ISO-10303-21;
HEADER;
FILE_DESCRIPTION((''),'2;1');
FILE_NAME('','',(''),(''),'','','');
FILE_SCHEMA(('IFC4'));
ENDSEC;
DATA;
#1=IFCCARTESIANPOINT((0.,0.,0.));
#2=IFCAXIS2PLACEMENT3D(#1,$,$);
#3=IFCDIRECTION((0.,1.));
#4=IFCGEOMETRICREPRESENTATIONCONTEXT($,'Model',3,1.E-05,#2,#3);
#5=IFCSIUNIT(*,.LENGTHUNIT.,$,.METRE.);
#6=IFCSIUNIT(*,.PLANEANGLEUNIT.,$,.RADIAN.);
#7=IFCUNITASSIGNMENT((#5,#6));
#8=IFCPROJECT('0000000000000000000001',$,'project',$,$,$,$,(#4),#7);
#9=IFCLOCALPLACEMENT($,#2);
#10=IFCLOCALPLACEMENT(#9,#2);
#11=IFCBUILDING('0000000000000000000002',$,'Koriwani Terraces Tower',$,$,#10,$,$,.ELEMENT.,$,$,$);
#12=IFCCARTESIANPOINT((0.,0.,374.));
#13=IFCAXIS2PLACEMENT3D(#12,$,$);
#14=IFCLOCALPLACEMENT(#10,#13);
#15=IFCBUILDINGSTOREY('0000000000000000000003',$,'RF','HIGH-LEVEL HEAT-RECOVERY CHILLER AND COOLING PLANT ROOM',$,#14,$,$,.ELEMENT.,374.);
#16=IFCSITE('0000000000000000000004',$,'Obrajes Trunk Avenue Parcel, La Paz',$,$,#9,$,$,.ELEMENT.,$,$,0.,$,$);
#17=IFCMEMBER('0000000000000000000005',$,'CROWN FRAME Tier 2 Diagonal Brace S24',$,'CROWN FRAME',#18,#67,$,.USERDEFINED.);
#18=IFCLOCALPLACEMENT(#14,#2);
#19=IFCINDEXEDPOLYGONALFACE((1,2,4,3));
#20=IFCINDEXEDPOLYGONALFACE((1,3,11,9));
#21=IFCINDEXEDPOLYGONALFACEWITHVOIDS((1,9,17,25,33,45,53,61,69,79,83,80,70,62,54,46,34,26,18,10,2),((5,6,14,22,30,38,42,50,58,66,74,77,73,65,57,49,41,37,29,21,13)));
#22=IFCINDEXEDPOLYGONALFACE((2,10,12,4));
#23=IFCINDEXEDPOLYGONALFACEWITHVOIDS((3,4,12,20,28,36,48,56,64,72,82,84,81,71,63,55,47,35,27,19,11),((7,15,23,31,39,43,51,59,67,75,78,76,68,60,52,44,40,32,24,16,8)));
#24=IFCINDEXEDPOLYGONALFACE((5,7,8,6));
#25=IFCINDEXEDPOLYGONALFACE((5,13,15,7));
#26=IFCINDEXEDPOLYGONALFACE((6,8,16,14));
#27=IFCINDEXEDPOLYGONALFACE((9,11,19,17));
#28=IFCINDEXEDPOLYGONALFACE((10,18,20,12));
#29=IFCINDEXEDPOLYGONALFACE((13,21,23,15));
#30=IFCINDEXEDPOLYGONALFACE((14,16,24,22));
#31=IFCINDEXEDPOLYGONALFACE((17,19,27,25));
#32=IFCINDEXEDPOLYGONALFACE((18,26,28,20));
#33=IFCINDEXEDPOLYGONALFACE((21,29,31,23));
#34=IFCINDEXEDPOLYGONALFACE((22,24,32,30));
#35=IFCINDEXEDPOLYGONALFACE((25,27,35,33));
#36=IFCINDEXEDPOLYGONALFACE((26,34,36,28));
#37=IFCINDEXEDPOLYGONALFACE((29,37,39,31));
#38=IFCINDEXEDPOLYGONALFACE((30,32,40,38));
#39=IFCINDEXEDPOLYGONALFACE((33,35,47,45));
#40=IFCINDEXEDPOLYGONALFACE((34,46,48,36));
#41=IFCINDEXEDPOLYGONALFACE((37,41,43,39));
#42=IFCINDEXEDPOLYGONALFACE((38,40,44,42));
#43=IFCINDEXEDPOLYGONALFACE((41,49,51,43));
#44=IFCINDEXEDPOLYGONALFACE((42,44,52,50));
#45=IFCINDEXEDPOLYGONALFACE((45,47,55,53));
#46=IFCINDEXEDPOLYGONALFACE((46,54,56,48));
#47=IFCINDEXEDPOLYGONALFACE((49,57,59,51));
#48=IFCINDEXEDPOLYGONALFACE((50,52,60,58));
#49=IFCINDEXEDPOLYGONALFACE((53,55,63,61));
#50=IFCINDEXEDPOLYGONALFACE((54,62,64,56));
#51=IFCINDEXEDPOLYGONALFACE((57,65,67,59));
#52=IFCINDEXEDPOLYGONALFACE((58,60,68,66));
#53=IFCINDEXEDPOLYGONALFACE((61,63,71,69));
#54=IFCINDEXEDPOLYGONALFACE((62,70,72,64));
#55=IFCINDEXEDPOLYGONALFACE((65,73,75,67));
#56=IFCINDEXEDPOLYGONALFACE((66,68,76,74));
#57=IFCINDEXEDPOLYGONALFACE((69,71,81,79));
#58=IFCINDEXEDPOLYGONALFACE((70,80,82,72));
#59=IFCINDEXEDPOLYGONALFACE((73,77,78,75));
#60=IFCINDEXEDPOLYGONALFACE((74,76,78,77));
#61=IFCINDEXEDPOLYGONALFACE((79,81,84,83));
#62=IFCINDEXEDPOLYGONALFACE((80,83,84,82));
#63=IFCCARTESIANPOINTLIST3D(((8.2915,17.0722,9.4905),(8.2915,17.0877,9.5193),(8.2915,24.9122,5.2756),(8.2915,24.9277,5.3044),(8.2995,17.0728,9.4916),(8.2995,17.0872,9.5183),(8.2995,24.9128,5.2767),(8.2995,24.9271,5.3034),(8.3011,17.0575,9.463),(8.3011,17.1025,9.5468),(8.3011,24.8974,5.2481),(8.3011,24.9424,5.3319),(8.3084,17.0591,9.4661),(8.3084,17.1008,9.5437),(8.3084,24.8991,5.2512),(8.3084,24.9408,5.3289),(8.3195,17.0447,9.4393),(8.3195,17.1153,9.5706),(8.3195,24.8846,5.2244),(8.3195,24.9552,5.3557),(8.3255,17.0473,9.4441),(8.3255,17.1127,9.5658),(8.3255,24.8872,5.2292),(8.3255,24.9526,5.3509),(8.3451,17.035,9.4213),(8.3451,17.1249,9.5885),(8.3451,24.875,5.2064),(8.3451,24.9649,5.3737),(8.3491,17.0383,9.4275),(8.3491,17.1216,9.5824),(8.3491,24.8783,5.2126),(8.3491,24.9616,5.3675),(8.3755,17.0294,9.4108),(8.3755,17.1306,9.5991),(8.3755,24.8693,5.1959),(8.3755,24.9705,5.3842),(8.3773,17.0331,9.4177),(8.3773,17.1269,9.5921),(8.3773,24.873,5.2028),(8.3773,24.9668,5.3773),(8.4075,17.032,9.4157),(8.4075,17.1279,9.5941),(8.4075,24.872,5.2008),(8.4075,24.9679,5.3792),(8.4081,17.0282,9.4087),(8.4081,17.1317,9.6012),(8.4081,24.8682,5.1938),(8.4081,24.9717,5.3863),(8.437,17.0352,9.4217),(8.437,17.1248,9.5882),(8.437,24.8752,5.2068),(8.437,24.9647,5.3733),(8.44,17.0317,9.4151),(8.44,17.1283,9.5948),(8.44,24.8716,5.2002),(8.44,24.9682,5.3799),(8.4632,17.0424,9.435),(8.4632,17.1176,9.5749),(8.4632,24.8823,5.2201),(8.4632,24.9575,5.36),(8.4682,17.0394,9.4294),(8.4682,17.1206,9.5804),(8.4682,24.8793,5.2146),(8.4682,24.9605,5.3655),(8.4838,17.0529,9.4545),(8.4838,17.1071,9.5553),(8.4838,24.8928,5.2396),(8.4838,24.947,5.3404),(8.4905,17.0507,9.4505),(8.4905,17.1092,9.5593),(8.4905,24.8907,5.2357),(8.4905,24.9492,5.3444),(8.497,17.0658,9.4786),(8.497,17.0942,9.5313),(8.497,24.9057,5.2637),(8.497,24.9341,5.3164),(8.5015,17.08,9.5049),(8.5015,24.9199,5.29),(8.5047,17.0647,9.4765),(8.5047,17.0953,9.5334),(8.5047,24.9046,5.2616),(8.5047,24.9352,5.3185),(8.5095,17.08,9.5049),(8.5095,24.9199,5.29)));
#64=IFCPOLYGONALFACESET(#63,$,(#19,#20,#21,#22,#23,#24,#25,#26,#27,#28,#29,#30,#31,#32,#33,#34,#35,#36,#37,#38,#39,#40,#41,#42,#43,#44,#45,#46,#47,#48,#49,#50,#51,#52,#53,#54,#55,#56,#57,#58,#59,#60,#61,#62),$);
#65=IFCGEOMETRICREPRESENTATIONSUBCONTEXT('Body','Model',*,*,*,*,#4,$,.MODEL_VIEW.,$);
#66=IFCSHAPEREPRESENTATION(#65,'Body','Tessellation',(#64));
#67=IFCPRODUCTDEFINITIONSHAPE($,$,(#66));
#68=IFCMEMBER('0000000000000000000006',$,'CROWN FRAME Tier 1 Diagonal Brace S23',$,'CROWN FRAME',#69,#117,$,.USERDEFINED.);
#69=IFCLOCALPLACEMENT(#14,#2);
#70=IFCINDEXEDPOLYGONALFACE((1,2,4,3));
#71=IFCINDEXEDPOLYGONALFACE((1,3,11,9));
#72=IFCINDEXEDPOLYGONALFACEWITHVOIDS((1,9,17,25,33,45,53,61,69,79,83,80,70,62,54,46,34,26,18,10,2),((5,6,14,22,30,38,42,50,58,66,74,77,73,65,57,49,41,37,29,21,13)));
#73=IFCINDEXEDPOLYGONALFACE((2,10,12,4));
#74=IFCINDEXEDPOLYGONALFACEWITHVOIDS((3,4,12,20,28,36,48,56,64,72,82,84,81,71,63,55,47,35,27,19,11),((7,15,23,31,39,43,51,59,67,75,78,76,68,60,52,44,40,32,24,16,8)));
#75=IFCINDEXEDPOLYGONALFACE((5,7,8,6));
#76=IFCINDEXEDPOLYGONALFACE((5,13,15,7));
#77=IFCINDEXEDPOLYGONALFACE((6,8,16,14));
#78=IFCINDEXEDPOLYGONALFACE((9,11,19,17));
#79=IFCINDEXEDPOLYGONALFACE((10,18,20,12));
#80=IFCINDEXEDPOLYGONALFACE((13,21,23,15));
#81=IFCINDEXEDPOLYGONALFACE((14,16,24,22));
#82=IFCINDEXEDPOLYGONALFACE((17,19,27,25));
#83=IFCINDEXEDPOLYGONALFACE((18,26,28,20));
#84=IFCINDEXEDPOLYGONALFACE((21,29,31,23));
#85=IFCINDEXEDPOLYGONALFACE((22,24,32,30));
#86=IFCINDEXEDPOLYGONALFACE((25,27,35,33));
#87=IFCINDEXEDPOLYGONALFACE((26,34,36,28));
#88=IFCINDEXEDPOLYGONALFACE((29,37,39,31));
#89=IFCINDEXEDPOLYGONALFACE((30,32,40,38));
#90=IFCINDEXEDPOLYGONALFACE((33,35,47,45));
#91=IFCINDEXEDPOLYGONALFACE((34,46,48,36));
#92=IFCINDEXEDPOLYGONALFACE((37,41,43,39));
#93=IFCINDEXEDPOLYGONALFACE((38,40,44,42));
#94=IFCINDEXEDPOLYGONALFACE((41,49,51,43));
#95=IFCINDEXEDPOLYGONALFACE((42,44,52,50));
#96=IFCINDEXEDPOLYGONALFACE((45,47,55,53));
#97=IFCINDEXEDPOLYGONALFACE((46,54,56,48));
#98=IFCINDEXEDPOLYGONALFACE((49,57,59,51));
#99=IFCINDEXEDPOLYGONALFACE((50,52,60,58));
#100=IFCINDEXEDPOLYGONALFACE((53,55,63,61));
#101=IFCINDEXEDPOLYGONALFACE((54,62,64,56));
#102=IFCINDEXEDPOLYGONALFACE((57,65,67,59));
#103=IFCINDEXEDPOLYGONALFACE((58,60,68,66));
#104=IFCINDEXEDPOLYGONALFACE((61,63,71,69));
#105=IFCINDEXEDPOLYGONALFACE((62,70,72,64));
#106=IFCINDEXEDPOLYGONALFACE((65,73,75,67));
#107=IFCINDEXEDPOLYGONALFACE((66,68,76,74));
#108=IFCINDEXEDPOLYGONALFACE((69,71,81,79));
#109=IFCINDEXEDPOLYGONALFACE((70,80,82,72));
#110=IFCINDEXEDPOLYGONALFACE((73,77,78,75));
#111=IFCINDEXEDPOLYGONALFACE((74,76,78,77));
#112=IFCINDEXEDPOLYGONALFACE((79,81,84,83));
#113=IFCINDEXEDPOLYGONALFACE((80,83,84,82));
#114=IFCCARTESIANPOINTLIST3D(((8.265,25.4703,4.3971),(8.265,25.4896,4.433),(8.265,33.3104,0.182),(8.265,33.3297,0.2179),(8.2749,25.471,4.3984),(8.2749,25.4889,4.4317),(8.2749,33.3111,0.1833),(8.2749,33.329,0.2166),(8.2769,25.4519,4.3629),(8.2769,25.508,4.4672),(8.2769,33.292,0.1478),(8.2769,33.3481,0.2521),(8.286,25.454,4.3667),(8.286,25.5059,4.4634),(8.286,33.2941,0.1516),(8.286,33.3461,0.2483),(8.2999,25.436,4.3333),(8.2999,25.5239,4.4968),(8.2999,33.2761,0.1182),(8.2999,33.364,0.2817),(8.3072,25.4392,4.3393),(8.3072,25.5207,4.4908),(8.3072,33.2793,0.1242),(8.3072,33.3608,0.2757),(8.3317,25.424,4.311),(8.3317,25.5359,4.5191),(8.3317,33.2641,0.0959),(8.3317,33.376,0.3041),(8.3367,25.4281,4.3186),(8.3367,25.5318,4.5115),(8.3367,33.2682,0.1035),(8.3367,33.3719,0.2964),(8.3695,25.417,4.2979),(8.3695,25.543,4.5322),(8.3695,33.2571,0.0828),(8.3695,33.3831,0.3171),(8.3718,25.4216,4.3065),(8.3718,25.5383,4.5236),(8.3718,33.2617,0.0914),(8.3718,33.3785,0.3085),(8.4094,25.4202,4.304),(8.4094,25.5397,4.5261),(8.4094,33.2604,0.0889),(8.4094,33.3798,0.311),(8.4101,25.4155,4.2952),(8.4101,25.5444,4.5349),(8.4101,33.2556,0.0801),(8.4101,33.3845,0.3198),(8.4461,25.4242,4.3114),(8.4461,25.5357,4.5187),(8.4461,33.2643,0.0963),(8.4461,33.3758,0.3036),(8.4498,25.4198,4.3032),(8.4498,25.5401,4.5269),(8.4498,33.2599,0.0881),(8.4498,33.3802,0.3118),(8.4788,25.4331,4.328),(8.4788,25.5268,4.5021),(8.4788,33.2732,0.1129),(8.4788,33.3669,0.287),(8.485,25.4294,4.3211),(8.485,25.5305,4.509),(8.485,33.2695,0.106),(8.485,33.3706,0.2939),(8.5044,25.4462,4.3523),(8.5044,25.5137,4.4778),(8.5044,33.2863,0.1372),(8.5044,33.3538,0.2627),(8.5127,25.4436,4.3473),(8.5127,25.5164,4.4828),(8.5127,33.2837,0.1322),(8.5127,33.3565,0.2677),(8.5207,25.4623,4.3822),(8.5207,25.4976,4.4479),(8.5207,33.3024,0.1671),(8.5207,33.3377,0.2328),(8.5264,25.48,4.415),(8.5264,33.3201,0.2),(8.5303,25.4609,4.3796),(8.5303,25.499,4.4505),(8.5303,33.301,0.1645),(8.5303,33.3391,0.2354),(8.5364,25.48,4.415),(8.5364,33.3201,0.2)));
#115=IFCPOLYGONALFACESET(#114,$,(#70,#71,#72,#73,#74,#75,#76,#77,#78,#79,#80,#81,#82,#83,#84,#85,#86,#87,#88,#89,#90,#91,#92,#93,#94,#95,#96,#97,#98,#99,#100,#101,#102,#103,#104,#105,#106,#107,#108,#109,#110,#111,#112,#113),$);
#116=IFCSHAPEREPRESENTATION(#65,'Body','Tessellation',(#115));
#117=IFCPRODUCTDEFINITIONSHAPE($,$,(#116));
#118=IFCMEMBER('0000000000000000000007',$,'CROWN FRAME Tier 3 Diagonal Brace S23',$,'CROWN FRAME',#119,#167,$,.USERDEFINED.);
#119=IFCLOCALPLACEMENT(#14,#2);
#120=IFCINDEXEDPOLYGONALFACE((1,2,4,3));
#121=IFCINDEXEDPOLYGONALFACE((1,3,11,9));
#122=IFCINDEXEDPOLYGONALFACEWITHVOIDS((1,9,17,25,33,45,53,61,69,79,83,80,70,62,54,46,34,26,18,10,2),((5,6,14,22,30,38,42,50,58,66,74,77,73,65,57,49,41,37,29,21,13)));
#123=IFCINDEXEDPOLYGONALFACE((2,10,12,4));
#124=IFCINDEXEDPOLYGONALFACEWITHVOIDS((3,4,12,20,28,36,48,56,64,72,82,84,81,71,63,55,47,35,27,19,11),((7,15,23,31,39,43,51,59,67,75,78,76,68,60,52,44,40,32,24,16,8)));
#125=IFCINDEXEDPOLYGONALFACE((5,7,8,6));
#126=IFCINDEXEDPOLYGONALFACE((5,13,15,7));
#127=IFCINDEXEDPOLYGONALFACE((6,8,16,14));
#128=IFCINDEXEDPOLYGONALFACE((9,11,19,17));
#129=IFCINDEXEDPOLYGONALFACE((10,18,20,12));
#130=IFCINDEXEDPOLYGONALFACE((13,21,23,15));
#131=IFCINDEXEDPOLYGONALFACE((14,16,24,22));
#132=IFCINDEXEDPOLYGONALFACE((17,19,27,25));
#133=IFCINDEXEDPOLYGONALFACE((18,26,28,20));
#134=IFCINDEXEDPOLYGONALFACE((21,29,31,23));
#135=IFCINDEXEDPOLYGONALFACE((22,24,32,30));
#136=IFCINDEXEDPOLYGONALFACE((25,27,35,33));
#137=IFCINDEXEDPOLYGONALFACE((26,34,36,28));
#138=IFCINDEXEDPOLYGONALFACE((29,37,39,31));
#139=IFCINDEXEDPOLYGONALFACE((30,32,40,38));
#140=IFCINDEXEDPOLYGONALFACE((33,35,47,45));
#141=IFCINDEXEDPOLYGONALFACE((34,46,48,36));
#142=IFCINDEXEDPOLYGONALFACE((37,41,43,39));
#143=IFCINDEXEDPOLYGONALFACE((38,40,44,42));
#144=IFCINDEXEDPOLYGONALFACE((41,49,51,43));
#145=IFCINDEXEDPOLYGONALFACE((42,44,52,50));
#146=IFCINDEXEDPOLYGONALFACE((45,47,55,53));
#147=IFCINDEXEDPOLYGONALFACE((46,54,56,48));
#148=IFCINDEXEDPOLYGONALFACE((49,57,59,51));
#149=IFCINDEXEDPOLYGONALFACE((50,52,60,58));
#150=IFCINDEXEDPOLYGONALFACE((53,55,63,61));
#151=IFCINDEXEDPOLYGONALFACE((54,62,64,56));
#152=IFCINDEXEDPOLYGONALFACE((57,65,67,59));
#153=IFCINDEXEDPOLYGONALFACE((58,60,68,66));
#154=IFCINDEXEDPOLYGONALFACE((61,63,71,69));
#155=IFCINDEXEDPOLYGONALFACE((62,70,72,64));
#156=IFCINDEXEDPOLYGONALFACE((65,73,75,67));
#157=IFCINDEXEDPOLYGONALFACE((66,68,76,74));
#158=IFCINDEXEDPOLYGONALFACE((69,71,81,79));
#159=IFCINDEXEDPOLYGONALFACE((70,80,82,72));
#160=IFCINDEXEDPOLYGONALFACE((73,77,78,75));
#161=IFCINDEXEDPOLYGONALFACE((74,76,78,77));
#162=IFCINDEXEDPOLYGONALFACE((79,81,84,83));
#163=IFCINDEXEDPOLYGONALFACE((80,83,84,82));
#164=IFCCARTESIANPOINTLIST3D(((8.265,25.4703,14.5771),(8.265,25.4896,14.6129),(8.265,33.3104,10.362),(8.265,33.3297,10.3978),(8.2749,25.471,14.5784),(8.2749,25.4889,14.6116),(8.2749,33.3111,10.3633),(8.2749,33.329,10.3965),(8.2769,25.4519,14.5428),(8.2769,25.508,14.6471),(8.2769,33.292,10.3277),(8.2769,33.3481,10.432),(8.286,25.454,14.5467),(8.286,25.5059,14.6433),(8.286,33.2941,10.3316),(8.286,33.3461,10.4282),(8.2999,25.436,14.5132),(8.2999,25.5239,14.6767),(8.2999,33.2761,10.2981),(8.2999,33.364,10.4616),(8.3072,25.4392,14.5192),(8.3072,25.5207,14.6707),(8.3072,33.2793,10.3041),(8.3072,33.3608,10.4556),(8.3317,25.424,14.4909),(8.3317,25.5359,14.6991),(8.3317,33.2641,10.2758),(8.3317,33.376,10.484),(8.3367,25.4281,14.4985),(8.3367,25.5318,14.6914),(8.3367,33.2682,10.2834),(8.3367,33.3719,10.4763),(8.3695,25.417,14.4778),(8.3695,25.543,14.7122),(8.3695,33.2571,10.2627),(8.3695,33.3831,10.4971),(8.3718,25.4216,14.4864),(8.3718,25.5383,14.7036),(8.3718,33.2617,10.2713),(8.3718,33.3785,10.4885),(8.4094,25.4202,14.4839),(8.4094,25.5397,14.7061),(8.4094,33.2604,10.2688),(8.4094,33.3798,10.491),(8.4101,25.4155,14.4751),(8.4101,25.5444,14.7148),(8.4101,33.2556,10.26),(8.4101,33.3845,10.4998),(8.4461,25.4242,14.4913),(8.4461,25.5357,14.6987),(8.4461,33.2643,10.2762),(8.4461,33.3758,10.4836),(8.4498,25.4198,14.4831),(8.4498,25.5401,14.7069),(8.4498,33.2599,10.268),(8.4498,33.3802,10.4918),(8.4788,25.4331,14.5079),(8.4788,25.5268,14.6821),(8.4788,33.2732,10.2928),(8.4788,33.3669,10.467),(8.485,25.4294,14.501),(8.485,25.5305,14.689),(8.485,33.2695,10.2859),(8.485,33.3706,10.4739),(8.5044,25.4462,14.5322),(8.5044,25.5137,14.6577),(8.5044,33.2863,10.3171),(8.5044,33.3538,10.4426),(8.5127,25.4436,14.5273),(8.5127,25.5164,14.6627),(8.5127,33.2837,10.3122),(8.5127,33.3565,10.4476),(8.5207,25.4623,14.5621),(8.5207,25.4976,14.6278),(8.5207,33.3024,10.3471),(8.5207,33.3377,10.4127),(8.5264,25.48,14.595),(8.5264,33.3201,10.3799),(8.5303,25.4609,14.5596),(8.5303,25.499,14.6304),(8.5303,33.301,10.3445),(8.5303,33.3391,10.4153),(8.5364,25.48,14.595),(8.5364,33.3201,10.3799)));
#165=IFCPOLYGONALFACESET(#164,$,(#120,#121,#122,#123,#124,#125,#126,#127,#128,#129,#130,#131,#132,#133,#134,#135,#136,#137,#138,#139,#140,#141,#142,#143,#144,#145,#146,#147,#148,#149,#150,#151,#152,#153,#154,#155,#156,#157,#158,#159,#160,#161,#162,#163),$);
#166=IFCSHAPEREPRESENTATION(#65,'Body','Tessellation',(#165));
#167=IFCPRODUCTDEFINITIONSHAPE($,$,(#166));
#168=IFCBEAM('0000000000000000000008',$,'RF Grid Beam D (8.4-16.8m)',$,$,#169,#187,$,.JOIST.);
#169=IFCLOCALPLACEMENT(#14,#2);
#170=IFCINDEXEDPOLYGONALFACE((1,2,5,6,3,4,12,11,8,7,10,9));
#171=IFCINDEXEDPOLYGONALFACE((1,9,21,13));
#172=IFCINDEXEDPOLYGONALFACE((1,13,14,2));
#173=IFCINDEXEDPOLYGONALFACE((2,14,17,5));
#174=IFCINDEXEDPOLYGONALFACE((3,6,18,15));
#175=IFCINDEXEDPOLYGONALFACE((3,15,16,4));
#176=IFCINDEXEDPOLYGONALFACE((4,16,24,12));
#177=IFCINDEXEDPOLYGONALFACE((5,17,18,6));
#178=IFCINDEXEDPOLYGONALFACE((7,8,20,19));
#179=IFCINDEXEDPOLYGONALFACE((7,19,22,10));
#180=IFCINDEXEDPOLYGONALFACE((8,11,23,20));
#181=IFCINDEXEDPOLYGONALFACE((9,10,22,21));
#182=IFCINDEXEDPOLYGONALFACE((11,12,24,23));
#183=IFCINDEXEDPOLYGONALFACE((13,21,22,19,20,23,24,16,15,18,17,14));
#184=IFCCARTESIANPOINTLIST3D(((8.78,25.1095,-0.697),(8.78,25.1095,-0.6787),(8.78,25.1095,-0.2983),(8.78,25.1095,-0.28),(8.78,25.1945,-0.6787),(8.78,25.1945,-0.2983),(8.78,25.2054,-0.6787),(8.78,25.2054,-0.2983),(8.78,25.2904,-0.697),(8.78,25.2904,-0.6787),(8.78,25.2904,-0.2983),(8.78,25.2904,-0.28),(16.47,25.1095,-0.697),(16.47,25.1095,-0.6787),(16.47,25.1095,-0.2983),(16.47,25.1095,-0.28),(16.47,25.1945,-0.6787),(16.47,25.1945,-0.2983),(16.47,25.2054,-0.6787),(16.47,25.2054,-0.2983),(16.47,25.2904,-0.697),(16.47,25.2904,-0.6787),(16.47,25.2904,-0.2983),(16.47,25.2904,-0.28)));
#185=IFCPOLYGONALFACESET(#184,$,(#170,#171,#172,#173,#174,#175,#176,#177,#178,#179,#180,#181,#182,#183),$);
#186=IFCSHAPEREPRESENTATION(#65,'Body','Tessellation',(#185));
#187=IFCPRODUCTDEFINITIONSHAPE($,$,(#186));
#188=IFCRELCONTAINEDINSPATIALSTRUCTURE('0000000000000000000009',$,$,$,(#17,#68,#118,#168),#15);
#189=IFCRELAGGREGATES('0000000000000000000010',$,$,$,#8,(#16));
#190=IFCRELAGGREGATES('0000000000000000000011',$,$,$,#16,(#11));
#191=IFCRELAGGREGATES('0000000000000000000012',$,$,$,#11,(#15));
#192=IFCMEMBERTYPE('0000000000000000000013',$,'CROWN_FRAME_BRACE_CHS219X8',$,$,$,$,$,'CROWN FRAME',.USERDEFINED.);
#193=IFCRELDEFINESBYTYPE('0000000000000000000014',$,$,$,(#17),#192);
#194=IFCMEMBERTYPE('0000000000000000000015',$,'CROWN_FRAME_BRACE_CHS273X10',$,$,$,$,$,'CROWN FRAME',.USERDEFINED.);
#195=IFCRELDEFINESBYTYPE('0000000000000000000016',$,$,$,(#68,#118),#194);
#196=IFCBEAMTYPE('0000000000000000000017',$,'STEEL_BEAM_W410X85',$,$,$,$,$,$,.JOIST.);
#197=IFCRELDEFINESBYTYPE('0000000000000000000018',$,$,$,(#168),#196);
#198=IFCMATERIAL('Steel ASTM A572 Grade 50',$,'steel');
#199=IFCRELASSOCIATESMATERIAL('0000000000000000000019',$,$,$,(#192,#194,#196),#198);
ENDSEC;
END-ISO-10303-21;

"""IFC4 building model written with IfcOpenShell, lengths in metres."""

from ifc_helpers import new_model, si_unit, direction, frame, origin, origin_2d, place, context, subcontext, project, spatial, hollow_circle, i_section, extrude, material, material_profile, profile_set, type_object, element, save


model = new_model("IFC4")

# Units and contexts
model_context = context("Model", 3, precision=1e-05, world=origin(), true_north=direction((0.0, 1.0)))
body_context = subcontext(model_context, "Body", "Model", "MODEL_VIEW")
ifc_project = project(units=[si_unit("LENGTHUNIT", "METRE"), si_unit("PLANEANGLEUNIT", "RADIAN")], contexts=[model_context])

# Site, building, storey
site_placement = place(None, origin())
site = spatial("IfcSite", under=ifc_project, at=site_placement, Name="Obrajes Trunk Avenue Parcel, La Paz", CompositionType="ELEMENT", RefElevation=0.0)
building_placement = place(site_placement, origin())
building = spatial("IfcBuilding", under=site, at=building_placement, Name="Koriwani Terraces Tower", CompositionType="ELEMENT")
storey_placement = place(building_placement, frame((0.0, 0.0, 374.0)))
storey = spatial("IfcBuildingStorey", under=building, at=storey_placement, Name="RF", Description="HIGH-LEVEL HEAT-RECOVERY CHILLER AND COOLING PLANT ROOM", CompositionType="ELEMENT", Elevation=374.0)

# Shared definitions
ifc_material_1 = material(Name="Steel ASTM A572 Grade 50", Category="steel")

# Members
ifc_material_profile_1 = material_profile(ifc_material_1, hollow_circle(Radius=0.1096, WallThickness=0.0081, at=origin_2d()), Name="Steel ASTM A572 Grade 50", Category="LoadBearing")
ifc_profile_set_1 = profile_set([ifc_material_profile_1], Name="Steel ASTM A572 Grade 50")
member_type_1 = type_object("IfcMemberType", Name="CROWN_FRAME_BRACE_CHS219X8", ElementType="CROWN FRAME", PredefinedType="USERDEFINED", material=ifc_profile_set_1)
member_placement = place(storey_placement, frame((8.3999, 24.9199, 5.29), z_axis=(0.0, -0.880781, 0.473524), x_axis=(1.0, 0.0, 0.0)))
element("IfcMember", 1, at=member_placement, inside=storey, type_object=member_type_1, Name="CROWN FRAME Tier 2 Diagonal Brace S24", ObjectType="CROWN FRAME", PredefinedType="USERDEFINED", context=body_context, shape_type="SweptSolid", body=[
    extrude(hollow_circle(Radius=0.1096, WallThickness=0.0081, at=origin_2d()), origin(), (0.0, 0.0, 1.0), 8.9011),
])
ifc_material_profile_2 = material_profile(ifc_material_1, hollow_circle(Radius=0.1365, WallThickness=0.01, at=origin_2d()), Name="Steel ASTM A572 Grade 50", Category="LoadBearing")
ifc_profile_set_2 = profile_set([ifc_material_profile_2], Name="Steel ASTM A572 Grade 50")
member_type_2 = type_object("IfcMemberType", Name="CROWN_FRAME_BRACE_CHS273X10", ElementType="CROWN FRAME", PredefinedType="USERDEFINED", material=ifc_profile_set_2)
for number, where, z_axis, x_axis, name in (
    (2, (8.3999, 33.3201, 0.2), (0.0, -0.880776, 0.473534), (1.0, 0.0, 0.0), "CROWN FRAME Tier 1 Diagonal Brace S23"),
    (3, (8.3999, 33.3201, 10.3799), (0.0, -0.880776, 0.473534), (1.0, 0.0, 0.0), "CROWN FRAME Tier 3 Diagonal Brace S23"),
):
    element("IfcMember", number, at=place(storey_placement, frame(where, z_axis=z_axis, x_axis=x_axis)), inside=storey, type_object=member_type_2, Name=name, ObjectType="CROWN FRAME", PredefinedType="USERDEFINED", context=body_context, shape_type="SweptSolid", body=[
        extrude(hollow_circle(Radius=0.1365, WallThickness=0.01, at=origin_2d()), origin(), (0.0, 0.0, 1.0), 8.9014),
    ])

# Beam
ifc_material_profile_3 = material_profile(ifc_material_1, i_section(OverallWidth=0.1809, OverallDepth=0.417, WebThickness=0.011, FlangeThickness=0.0183, at=origin_2d()), Name="Steel ASTM A572 Grade 50", Category="LoadBearing")
ifc_profile_set_3 = profile_set([ifc_material_profile_3], Name="Steel ASTM A572 Grade 50")
beam_type_1 = type_object("IfcBeamType", Name="STEEL_BEAM_W410X85", PredefinedType="JOIST", material=ifc_profile_set_3)
beam_1_placement = place(storey_placement, frame((8.78, 25.2, -0.4885), z_axis=(1.0, 0.0, 0.0), x_axis=(0.0, 1.0, 0.0)))
element("IfcBeam", 4, at=beam_1_placement, inside=storey, type_object=beam_type_1, Name="RF Grid Beam D (8.4-16.8m)", PredefinedType="JOIST", context=body_context, shape_type="SweptSolid", body=[
    extrude(i_section(OverallWidth=0.1809, OverallDepth=0.417, WebThickness=0.011, FlangeThickness=0.0183, at=origin_2d()), origin(), (0.0, 0.0, 1.0), 7.6899),
])

save(model, "model.ifc")
